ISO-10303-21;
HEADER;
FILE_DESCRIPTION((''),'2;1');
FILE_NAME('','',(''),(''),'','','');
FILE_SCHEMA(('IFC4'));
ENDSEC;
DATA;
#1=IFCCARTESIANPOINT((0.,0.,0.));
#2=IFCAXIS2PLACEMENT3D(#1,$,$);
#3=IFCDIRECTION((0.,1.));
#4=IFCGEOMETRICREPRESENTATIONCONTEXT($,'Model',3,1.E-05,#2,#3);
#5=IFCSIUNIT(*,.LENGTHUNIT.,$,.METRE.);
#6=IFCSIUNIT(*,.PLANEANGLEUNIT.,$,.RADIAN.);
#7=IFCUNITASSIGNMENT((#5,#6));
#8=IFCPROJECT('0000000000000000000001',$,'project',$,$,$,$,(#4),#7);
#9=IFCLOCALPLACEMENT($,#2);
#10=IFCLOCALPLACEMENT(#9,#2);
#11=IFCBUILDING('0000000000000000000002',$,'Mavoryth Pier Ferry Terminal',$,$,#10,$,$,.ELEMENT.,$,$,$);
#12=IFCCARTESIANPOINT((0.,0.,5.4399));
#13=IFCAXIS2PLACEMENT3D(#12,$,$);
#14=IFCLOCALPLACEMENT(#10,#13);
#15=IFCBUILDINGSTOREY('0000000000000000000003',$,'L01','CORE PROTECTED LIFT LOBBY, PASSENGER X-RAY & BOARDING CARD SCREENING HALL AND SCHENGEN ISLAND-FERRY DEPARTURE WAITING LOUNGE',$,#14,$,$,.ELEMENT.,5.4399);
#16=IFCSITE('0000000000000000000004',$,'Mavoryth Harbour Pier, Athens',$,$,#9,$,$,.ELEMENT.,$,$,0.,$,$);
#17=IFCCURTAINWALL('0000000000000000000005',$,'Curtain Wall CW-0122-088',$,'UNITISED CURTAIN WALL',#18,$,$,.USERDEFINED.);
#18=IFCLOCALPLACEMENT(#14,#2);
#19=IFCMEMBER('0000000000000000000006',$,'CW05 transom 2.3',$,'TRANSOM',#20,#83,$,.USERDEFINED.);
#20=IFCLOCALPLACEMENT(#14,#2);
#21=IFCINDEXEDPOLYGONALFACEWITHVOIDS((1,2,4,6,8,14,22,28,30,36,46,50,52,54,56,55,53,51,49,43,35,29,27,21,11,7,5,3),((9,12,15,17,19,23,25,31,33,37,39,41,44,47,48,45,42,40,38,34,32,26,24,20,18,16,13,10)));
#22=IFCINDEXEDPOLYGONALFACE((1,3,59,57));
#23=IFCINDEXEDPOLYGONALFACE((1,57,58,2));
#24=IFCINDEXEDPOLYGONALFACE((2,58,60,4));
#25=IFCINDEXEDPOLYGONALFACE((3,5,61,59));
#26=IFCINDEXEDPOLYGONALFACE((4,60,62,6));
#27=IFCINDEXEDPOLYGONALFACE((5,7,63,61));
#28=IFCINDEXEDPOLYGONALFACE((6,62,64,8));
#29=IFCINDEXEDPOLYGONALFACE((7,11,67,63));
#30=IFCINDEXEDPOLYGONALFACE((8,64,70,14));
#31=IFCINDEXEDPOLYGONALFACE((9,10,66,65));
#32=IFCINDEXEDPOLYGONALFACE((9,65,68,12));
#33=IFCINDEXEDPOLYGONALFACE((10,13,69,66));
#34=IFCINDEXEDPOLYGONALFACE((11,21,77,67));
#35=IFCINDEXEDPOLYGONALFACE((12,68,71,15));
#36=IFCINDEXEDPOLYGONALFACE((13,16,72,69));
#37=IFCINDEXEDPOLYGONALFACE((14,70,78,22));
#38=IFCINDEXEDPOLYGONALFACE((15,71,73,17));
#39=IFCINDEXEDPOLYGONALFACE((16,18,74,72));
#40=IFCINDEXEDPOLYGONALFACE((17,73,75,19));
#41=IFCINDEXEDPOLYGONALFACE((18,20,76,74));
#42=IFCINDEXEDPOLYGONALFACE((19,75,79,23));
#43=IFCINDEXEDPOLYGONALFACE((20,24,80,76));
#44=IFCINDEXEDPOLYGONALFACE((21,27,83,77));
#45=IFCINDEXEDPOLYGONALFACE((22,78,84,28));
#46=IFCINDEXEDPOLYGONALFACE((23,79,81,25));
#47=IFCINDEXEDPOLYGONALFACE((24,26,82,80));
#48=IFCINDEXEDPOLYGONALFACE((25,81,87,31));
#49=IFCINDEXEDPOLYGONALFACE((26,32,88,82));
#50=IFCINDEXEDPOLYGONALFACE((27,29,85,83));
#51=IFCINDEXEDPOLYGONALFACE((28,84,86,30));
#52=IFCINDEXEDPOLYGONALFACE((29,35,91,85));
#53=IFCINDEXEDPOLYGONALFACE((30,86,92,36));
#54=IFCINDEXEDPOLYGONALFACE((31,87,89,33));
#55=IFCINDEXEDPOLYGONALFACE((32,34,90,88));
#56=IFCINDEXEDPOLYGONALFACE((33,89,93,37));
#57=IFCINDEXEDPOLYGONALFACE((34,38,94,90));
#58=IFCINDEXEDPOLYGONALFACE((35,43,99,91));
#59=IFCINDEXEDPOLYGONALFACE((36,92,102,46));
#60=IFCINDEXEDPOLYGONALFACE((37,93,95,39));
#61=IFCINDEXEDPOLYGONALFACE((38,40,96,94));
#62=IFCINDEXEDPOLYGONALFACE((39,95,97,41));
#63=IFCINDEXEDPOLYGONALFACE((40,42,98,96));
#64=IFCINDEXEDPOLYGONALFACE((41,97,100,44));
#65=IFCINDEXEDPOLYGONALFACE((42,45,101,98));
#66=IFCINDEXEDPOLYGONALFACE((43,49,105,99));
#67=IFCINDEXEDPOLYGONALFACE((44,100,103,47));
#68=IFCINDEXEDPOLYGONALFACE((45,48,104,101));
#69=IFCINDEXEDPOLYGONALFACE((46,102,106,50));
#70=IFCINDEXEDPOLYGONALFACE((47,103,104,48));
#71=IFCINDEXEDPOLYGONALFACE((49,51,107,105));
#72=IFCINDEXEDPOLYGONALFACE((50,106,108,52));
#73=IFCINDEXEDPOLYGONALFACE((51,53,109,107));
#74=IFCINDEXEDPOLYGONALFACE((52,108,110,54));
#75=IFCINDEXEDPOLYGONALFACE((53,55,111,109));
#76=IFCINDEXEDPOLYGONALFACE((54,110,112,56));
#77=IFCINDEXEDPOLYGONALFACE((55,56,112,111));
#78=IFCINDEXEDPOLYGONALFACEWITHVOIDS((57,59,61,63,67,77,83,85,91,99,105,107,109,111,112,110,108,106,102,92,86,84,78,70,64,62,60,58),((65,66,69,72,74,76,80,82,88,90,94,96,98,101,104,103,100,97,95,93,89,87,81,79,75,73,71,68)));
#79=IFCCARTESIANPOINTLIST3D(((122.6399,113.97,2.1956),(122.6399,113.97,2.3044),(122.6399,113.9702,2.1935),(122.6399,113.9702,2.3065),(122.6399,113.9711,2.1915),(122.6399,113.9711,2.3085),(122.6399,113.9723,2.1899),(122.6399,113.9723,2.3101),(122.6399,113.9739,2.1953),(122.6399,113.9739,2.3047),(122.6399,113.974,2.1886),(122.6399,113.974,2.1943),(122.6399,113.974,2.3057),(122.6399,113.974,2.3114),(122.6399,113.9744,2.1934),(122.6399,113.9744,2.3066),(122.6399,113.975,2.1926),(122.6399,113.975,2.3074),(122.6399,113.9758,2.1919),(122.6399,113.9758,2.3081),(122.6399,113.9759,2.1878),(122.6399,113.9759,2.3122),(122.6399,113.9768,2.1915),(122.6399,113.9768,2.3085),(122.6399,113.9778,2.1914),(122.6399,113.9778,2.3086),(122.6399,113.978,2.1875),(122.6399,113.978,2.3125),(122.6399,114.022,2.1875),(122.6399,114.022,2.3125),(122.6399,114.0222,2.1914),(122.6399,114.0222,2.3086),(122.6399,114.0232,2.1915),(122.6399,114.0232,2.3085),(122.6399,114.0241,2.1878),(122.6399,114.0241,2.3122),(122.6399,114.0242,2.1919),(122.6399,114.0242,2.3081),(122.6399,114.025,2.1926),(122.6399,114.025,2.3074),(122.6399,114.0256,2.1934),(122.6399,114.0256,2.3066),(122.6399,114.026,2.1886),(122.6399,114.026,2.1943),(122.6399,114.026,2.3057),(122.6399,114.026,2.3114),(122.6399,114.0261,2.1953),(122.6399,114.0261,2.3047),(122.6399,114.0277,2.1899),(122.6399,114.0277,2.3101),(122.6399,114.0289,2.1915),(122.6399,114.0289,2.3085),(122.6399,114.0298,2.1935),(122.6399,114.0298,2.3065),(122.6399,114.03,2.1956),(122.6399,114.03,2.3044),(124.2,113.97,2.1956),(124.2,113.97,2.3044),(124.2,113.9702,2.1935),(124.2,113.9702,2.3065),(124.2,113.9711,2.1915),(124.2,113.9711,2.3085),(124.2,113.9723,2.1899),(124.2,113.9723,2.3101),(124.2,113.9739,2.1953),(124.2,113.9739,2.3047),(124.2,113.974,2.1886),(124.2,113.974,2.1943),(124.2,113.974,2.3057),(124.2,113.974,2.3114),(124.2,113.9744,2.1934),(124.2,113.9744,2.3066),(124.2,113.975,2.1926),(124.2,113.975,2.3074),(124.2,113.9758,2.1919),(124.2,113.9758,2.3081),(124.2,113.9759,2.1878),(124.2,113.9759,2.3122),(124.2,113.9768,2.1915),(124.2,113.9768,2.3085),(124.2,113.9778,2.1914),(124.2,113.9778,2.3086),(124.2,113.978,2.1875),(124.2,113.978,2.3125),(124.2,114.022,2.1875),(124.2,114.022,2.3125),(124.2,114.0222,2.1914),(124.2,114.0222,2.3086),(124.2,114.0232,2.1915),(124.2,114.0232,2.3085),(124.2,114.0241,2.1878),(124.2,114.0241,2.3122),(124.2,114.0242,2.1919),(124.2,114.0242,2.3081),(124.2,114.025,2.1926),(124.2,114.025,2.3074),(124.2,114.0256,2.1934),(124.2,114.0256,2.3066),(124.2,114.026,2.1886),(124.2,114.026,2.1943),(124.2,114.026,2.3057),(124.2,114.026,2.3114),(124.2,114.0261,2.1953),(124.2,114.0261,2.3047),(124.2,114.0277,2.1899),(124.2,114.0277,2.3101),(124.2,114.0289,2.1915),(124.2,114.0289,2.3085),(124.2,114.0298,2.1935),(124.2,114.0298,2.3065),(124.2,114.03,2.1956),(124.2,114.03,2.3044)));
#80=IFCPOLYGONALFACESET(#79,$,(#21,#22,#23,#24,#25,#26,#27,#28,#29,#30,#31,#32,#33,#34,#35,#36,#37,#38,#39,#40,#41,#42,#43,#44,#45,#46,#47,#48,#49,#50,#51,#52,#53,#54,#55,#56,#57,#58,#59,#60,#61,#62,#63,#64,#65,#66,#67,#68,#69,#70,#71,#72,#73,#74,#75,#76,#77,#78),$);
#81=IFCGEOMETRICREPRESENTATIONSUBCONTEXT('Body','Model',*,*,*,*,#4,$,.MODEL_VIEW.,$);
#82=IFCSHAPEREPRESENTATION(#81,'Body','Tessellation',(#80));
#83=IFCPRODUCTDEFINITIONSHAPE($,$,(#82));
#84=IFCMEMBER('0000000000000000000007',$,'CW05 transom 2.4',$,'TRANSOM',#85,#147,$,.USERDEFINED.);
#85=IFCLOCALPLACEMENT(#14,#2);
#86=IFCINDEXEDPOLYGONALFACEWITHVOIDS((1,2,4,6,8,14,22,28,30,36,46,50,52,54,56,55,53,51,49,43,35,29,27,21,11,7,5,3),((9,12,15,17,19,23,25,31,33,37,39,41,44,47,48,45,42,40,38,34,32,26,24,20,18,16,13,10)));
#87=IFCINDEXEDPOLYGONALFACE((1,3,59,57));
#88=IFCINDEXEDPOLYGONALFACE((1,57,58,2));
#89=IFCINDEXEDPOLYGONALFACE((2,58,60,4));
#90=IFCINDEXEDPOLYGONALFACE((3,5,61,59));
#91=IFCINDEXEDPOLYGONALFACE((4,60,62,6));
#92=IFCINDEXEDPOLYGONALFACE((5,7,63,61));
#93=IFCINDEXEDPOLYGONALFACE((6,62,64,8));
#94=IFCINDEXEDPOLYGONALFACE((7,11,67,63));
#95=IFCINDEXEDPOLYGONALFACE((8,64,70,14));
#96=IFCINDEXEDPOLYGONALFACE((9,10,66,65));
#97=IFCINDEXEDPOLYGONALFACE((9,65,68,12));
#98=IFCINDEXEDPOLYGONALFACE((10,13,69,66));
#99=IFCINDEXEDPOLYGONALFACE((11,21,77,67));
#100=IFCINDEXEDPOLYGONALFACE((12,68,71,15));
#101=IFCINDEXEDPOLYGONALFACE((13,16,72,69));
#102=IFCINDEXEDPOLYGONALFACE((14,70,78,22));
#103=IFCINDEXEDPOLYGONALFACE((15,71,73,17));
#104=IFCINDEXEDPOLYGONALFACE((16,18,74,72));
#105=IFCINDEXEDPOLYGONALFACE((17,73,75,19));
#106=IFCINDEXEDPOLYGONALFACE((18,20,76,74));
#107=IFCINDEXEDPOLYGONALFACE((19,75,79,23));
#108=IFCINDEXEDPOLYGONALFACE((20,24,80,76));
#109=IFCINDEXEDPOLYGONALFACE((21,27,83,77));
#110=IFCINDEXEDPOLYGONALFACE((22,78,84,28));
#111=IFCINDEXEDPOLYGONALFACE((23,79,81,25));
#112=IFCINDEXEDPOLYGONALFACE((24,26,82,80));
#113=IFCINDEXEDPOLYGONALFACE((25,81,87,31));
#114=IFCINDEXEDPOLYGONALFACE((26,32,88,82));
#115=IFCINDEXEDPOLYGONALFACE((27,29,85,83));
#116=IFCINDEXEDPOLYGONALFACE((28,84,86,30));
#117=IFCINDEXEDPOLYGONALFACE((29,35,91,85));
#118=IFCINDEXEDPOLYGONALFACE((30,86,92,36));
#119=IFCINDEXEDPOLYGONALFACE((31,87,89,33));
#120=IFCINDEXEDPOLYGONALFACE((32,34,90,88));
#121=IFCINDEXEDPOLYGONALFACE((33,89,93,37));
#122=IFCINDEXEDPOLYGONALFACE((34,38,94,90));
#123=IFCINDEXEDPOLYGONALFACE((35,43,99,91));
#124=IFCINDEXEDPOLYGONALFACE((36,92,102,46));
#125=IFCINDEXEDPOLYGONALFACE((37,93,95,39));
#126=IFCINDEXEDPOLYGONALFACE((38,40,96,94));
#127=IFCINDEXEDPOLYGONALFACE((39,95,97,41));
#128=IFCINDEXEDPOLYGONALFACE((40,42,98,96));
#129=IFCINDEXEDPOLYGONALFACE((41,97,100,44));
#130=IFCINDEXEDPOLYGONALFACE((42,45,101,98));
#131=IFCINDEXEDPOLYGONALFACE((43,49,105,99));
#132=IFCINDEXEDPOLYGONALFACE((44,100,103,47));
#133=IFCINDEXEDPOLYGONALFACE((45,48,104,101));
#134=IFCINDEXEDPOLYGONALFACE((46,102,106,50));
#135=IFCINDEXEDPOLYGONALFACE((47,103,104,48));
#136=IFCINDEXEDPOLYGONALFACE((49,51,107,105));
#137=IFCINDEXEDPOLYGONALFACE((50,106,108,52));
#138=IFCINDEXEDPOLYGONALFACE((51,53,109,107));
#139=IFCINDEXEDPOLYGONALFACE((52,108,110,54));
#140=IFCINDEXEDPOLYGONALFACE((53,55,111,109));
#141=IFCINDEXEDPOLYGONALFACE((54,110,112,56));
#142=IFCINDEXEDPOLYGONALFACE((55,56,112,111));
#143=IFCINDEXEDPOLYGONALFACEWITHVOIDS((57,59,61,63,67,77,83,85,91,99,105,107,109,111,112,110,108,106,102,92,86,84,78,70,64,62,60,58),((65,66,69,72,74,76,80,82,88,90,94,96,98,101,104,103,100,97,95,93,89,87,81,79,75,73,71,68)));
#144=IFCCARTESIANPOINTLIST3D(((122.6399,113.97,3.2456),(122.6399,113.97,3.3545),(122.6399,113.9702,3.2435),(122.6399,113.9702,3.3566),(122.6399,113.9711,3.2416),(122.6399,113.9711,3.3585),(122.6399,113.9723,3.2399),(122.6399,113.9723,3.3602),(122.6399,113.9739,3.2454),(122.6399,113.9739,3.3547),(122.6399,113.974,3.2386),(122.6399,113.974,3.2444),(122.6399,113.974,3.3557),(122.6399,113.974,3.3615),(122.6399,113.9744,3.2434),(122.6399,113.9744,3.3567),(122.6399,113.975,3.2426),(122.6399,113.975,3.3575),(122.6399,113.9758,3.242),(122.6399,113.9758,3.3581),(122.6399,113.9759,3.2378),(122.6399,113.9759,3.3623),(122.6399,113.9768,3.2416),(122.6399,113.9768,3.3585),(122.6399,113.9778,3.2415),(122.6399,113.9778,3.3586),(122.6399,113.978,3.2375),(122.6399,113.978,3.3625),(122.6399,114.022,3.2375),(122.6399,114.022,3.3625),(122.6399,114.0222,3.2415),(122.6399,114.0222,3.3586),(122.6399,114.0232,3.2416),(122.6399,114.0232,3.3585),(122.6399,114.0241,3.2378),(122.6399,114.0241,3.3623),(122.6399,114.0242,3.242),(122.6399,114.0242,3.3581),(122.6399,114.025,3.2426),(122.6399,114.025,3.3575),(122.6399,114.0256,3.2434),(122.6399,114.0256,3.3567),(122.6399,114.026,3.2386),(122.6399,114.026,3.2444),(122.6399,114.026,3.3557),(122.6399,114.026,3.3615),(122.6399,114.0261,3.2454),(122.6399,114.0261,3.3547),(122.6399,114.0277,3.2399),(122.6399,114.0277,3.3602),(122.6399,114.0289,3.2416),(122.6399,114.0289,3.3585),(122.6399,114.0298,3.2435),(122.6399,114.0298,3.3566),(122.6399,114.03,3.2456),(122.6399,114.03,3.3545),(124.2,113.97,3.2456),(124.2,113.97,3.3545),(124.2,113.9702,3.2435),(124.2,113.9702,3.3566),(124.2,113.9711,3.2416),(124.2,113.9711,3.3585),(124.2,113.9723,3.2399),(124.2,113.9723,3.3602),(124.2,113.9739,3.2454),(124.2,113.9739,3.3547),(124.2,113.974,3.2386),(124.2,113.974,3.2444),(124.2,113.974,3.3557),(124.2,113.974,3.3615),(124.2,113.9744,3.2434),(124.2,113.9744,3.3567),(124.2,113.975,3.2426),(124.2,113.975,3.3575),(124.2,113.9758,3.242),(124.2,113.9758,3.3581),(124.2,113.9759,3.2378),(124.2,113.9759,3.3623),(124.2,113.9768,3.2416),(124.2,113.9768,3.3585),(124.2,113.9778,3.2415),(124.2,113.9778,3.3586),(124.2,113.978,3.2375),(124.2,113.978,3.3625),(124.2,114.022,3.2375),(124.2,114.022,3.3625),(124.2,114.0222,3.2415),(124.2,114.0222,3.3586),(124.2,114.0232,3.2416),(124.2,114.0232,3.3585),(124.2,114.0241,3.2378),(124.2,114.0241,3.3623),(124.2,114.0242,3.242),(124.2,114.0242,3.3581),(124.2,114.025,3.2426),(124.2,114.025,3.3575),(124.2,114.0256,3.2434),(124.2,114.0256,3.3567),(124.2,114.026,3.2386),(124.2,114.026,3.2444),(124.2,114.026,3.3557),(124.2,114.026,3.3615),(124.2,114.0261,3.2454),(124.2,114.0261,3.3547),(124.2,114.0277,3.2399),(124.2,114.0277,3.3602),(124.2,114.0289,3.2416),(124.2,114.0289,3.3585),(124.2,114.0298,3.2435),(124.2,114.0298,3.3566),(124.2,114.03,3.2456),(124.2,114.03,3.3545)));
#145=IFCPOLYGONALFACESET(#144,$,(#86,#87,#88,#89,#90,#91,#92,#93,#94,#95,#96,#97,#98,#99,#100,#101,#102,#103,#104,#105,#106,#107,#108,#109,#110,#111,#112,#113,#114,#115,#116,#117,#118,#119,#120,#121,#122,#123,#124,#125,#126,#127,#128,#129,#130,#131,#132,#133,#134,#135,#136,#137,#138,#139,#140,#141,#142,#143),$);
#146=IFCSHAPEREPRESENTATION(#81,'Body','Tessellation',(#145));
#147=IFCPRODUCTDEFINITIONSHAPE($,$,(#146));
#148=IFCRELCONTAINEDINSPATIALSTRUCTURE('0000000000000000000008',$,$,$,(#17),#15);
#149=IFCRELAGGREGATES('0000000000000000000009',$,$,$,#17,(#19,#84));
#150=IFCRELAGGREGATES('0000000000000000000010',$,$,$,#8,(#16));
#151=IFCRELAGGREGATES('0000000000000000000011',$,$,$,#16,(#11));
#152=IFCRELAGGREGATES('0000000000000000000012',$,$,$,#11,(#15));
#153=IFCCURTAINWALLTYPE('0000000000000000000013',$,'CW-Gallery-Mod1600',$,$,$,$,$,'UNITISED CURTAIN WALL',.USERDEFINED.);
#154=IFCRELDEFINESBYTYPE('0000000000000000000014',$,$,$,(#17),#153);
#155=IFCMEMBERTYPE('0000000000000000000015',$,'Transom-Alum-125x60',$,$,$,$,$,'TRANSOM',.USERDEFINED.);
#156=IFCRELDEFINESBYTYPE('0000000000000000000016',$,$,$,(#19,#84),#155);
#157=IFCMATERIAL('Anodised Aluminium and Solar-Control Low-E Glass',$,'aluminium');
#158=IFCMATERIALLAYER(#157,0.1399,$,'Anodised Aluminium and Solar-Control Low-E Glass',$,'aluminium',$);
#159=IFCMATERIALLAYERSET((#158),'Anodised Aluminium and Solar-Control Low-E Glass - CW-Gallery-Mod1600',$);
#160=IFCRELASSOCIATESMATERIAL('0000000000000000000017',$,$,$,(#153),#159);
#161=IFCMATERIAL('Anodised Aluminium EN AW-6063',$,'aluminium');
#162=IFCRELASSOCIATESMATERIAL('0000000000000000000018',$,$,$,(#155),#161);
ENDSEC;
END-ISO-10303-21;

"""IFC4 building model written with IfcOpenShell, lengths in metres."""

from ifc_helpers import new_model, si_unit, direction, frame, origin, origin_2d, place, context, subcontext, project, spatial, hollow_rectangle, extrude, material, layer, layer_set, material_profile, profile_set, type_object, element, aggregate, save


model = new_model("IFC4")

# Units and contexts
model_context = context("Model", 3, precision=1e-05, world=origin(), true_north=direction((0.0, 1.0)))
body_context = subcontext(model_context, "Body", "Model", "MODEL_VIEW")
ifc_project = project(units=[si_unit("LENGTHUNIT", "METRE"), si_unit("PLANEANGLEUNIT", "RADIAN")], contexts=[model_context])

# Site, building, storey
site_placement = place(None, origin())
site = spatial("IfcSite", under=ifc_project, at=site_placement, Name="Mavoryth Harbour Pier, Athens", CompositionType="ELEMENT", RefElevation=0.0)
building_placement = place(site_placement, origin())
building = spatial("IfcBuilding", under=site, at=building_placement, Name="Mavoryth Pier Ferry Terminal", CompositionType="ELEMENT")
storey_placement = place(building_placement, frame((0.0, 0.0, 5.4399)))
storey = spatial("IfcBuildingStorey", under=building, at=storey_placement, Name="L01", Description="CORE PROTECTED LIFT LOBBY, PASSENGER X-RAY & BOARDING CARD SCREENING HALL AND SCHENGEN ISLAND-FERRY DEPARTURE WAITING LOUNGE", CompositionType="ELEMENT", Elevation=5.4399)

# Curtain wall, members
ifc_material_1 = material(Name="Anodised Aluminium and Solar-Control Low-E Glass", Category="aluminium")
ifc_layer_1 = layer(ifc_material_1, 0.1399, Name="Anodised Aluminium and Solar-Control Low-E Glass", Category="aluminium")
ifc_layer_set_1 = layer_set([ifc_layer_1], Name="Anodised Aluminium and Solar-Control Low-E Glass - CW-Gallery-Mod1600")
curtain_wall_type = type_object("IfcCurtainWallType", Name="CW-Gallery-Mod1600", ElementType="UNITISED CURTAIN WALL", PredefinedType="USERDEFINED", material=ifc_layer_set_1)
curtain_wall_placement = place(storey_placement, origin())
curtain_wall = element("IfcCurtainWall", 1, at=curtain_wall_placement, inside=storey, type_object=curtain_wall_type, Name="Curtain Wall CW-0122-088", ObjectType="UNITISED CURTAIN WALL", PredefinedType="USERDEFINED")
ifc_material_2 = material(Name="Anodised Aluminium EN AW-6063", Category="aluminium")
ifc_material_profile_1 = material_profile(ifc_material_2, hollow_rectangle(XDim=0.0601, YDim=0.125, WallThickness=0.0039, InnerFilletRadius=0.0039, OuterFilletRadius=0.0081, at=origin_2d()), Name="AL-TRAN 125x60x4", Category="aluminium")
ifc_profile_set_1 = profile_set([ifc_material_profile_1], Name="Anodised Aluminium EN AW-6063 - AL-TRAN 125x60x4")
member_type_1 = type_object("IfcMemberType", Name="Transom-Alum-125x60", ElementType="TRANSOM", PredefinedType="USERDEFINED", material=ifc_profile_set_1)
member_1_placement = place(storey_placement, frame((124.2, 114.0, 2.25), z_axis=(-1.0, 0.0, 0.0), x_axis=(0.0, -1.0, 0.0)))
member_1 = element("IfcMember", 2, at=member_1_placement, type_object=member_type_1, Name="CW05 transom 2.3", ObjectType="TRANSOM", PredefinedType="USERDEFINED", context=body_context, shape_type="SweptSolid", body=[
    extrude(hollow_rectangle(XDim=0.0601, YDim=0.125, WallThickness=0.0039, InnerFilletRadius=0.0039, OuterFilletRadius=0.0081, at=origin_2d()), origin(), (0.0, 0.0, 1.0), 1.5601),
])
member_2_placement = place(storey_placement, frame((124.2, 114.0, 3.3), z_axis=(-1.0, 0.0, 0.0), x_axis=(0.0, -1.0, 0.0)))
member_2 = element("IfcMember", 3, at=member_2_placement, type_object=member_type_1, Name="CW05 transom 2.4", ObjectType="TRANSOM", PredefinedType="USERDEFINED", context=body_context, shape_type="SweptSolid", body=[
    extrude(hollow_rectangle(XDim=0.0601, YDim=0.125, WallThickness=0.0039, InnerFilletRadius=0.0039, OuterFilletRadius=0.0081, at=origin_2d()), origin(), (0.0, 0.0, 1.0), 1.5601),
])
aggregate(curtain_wall, [member_1, member_2])

save(model, "model.ifc")
